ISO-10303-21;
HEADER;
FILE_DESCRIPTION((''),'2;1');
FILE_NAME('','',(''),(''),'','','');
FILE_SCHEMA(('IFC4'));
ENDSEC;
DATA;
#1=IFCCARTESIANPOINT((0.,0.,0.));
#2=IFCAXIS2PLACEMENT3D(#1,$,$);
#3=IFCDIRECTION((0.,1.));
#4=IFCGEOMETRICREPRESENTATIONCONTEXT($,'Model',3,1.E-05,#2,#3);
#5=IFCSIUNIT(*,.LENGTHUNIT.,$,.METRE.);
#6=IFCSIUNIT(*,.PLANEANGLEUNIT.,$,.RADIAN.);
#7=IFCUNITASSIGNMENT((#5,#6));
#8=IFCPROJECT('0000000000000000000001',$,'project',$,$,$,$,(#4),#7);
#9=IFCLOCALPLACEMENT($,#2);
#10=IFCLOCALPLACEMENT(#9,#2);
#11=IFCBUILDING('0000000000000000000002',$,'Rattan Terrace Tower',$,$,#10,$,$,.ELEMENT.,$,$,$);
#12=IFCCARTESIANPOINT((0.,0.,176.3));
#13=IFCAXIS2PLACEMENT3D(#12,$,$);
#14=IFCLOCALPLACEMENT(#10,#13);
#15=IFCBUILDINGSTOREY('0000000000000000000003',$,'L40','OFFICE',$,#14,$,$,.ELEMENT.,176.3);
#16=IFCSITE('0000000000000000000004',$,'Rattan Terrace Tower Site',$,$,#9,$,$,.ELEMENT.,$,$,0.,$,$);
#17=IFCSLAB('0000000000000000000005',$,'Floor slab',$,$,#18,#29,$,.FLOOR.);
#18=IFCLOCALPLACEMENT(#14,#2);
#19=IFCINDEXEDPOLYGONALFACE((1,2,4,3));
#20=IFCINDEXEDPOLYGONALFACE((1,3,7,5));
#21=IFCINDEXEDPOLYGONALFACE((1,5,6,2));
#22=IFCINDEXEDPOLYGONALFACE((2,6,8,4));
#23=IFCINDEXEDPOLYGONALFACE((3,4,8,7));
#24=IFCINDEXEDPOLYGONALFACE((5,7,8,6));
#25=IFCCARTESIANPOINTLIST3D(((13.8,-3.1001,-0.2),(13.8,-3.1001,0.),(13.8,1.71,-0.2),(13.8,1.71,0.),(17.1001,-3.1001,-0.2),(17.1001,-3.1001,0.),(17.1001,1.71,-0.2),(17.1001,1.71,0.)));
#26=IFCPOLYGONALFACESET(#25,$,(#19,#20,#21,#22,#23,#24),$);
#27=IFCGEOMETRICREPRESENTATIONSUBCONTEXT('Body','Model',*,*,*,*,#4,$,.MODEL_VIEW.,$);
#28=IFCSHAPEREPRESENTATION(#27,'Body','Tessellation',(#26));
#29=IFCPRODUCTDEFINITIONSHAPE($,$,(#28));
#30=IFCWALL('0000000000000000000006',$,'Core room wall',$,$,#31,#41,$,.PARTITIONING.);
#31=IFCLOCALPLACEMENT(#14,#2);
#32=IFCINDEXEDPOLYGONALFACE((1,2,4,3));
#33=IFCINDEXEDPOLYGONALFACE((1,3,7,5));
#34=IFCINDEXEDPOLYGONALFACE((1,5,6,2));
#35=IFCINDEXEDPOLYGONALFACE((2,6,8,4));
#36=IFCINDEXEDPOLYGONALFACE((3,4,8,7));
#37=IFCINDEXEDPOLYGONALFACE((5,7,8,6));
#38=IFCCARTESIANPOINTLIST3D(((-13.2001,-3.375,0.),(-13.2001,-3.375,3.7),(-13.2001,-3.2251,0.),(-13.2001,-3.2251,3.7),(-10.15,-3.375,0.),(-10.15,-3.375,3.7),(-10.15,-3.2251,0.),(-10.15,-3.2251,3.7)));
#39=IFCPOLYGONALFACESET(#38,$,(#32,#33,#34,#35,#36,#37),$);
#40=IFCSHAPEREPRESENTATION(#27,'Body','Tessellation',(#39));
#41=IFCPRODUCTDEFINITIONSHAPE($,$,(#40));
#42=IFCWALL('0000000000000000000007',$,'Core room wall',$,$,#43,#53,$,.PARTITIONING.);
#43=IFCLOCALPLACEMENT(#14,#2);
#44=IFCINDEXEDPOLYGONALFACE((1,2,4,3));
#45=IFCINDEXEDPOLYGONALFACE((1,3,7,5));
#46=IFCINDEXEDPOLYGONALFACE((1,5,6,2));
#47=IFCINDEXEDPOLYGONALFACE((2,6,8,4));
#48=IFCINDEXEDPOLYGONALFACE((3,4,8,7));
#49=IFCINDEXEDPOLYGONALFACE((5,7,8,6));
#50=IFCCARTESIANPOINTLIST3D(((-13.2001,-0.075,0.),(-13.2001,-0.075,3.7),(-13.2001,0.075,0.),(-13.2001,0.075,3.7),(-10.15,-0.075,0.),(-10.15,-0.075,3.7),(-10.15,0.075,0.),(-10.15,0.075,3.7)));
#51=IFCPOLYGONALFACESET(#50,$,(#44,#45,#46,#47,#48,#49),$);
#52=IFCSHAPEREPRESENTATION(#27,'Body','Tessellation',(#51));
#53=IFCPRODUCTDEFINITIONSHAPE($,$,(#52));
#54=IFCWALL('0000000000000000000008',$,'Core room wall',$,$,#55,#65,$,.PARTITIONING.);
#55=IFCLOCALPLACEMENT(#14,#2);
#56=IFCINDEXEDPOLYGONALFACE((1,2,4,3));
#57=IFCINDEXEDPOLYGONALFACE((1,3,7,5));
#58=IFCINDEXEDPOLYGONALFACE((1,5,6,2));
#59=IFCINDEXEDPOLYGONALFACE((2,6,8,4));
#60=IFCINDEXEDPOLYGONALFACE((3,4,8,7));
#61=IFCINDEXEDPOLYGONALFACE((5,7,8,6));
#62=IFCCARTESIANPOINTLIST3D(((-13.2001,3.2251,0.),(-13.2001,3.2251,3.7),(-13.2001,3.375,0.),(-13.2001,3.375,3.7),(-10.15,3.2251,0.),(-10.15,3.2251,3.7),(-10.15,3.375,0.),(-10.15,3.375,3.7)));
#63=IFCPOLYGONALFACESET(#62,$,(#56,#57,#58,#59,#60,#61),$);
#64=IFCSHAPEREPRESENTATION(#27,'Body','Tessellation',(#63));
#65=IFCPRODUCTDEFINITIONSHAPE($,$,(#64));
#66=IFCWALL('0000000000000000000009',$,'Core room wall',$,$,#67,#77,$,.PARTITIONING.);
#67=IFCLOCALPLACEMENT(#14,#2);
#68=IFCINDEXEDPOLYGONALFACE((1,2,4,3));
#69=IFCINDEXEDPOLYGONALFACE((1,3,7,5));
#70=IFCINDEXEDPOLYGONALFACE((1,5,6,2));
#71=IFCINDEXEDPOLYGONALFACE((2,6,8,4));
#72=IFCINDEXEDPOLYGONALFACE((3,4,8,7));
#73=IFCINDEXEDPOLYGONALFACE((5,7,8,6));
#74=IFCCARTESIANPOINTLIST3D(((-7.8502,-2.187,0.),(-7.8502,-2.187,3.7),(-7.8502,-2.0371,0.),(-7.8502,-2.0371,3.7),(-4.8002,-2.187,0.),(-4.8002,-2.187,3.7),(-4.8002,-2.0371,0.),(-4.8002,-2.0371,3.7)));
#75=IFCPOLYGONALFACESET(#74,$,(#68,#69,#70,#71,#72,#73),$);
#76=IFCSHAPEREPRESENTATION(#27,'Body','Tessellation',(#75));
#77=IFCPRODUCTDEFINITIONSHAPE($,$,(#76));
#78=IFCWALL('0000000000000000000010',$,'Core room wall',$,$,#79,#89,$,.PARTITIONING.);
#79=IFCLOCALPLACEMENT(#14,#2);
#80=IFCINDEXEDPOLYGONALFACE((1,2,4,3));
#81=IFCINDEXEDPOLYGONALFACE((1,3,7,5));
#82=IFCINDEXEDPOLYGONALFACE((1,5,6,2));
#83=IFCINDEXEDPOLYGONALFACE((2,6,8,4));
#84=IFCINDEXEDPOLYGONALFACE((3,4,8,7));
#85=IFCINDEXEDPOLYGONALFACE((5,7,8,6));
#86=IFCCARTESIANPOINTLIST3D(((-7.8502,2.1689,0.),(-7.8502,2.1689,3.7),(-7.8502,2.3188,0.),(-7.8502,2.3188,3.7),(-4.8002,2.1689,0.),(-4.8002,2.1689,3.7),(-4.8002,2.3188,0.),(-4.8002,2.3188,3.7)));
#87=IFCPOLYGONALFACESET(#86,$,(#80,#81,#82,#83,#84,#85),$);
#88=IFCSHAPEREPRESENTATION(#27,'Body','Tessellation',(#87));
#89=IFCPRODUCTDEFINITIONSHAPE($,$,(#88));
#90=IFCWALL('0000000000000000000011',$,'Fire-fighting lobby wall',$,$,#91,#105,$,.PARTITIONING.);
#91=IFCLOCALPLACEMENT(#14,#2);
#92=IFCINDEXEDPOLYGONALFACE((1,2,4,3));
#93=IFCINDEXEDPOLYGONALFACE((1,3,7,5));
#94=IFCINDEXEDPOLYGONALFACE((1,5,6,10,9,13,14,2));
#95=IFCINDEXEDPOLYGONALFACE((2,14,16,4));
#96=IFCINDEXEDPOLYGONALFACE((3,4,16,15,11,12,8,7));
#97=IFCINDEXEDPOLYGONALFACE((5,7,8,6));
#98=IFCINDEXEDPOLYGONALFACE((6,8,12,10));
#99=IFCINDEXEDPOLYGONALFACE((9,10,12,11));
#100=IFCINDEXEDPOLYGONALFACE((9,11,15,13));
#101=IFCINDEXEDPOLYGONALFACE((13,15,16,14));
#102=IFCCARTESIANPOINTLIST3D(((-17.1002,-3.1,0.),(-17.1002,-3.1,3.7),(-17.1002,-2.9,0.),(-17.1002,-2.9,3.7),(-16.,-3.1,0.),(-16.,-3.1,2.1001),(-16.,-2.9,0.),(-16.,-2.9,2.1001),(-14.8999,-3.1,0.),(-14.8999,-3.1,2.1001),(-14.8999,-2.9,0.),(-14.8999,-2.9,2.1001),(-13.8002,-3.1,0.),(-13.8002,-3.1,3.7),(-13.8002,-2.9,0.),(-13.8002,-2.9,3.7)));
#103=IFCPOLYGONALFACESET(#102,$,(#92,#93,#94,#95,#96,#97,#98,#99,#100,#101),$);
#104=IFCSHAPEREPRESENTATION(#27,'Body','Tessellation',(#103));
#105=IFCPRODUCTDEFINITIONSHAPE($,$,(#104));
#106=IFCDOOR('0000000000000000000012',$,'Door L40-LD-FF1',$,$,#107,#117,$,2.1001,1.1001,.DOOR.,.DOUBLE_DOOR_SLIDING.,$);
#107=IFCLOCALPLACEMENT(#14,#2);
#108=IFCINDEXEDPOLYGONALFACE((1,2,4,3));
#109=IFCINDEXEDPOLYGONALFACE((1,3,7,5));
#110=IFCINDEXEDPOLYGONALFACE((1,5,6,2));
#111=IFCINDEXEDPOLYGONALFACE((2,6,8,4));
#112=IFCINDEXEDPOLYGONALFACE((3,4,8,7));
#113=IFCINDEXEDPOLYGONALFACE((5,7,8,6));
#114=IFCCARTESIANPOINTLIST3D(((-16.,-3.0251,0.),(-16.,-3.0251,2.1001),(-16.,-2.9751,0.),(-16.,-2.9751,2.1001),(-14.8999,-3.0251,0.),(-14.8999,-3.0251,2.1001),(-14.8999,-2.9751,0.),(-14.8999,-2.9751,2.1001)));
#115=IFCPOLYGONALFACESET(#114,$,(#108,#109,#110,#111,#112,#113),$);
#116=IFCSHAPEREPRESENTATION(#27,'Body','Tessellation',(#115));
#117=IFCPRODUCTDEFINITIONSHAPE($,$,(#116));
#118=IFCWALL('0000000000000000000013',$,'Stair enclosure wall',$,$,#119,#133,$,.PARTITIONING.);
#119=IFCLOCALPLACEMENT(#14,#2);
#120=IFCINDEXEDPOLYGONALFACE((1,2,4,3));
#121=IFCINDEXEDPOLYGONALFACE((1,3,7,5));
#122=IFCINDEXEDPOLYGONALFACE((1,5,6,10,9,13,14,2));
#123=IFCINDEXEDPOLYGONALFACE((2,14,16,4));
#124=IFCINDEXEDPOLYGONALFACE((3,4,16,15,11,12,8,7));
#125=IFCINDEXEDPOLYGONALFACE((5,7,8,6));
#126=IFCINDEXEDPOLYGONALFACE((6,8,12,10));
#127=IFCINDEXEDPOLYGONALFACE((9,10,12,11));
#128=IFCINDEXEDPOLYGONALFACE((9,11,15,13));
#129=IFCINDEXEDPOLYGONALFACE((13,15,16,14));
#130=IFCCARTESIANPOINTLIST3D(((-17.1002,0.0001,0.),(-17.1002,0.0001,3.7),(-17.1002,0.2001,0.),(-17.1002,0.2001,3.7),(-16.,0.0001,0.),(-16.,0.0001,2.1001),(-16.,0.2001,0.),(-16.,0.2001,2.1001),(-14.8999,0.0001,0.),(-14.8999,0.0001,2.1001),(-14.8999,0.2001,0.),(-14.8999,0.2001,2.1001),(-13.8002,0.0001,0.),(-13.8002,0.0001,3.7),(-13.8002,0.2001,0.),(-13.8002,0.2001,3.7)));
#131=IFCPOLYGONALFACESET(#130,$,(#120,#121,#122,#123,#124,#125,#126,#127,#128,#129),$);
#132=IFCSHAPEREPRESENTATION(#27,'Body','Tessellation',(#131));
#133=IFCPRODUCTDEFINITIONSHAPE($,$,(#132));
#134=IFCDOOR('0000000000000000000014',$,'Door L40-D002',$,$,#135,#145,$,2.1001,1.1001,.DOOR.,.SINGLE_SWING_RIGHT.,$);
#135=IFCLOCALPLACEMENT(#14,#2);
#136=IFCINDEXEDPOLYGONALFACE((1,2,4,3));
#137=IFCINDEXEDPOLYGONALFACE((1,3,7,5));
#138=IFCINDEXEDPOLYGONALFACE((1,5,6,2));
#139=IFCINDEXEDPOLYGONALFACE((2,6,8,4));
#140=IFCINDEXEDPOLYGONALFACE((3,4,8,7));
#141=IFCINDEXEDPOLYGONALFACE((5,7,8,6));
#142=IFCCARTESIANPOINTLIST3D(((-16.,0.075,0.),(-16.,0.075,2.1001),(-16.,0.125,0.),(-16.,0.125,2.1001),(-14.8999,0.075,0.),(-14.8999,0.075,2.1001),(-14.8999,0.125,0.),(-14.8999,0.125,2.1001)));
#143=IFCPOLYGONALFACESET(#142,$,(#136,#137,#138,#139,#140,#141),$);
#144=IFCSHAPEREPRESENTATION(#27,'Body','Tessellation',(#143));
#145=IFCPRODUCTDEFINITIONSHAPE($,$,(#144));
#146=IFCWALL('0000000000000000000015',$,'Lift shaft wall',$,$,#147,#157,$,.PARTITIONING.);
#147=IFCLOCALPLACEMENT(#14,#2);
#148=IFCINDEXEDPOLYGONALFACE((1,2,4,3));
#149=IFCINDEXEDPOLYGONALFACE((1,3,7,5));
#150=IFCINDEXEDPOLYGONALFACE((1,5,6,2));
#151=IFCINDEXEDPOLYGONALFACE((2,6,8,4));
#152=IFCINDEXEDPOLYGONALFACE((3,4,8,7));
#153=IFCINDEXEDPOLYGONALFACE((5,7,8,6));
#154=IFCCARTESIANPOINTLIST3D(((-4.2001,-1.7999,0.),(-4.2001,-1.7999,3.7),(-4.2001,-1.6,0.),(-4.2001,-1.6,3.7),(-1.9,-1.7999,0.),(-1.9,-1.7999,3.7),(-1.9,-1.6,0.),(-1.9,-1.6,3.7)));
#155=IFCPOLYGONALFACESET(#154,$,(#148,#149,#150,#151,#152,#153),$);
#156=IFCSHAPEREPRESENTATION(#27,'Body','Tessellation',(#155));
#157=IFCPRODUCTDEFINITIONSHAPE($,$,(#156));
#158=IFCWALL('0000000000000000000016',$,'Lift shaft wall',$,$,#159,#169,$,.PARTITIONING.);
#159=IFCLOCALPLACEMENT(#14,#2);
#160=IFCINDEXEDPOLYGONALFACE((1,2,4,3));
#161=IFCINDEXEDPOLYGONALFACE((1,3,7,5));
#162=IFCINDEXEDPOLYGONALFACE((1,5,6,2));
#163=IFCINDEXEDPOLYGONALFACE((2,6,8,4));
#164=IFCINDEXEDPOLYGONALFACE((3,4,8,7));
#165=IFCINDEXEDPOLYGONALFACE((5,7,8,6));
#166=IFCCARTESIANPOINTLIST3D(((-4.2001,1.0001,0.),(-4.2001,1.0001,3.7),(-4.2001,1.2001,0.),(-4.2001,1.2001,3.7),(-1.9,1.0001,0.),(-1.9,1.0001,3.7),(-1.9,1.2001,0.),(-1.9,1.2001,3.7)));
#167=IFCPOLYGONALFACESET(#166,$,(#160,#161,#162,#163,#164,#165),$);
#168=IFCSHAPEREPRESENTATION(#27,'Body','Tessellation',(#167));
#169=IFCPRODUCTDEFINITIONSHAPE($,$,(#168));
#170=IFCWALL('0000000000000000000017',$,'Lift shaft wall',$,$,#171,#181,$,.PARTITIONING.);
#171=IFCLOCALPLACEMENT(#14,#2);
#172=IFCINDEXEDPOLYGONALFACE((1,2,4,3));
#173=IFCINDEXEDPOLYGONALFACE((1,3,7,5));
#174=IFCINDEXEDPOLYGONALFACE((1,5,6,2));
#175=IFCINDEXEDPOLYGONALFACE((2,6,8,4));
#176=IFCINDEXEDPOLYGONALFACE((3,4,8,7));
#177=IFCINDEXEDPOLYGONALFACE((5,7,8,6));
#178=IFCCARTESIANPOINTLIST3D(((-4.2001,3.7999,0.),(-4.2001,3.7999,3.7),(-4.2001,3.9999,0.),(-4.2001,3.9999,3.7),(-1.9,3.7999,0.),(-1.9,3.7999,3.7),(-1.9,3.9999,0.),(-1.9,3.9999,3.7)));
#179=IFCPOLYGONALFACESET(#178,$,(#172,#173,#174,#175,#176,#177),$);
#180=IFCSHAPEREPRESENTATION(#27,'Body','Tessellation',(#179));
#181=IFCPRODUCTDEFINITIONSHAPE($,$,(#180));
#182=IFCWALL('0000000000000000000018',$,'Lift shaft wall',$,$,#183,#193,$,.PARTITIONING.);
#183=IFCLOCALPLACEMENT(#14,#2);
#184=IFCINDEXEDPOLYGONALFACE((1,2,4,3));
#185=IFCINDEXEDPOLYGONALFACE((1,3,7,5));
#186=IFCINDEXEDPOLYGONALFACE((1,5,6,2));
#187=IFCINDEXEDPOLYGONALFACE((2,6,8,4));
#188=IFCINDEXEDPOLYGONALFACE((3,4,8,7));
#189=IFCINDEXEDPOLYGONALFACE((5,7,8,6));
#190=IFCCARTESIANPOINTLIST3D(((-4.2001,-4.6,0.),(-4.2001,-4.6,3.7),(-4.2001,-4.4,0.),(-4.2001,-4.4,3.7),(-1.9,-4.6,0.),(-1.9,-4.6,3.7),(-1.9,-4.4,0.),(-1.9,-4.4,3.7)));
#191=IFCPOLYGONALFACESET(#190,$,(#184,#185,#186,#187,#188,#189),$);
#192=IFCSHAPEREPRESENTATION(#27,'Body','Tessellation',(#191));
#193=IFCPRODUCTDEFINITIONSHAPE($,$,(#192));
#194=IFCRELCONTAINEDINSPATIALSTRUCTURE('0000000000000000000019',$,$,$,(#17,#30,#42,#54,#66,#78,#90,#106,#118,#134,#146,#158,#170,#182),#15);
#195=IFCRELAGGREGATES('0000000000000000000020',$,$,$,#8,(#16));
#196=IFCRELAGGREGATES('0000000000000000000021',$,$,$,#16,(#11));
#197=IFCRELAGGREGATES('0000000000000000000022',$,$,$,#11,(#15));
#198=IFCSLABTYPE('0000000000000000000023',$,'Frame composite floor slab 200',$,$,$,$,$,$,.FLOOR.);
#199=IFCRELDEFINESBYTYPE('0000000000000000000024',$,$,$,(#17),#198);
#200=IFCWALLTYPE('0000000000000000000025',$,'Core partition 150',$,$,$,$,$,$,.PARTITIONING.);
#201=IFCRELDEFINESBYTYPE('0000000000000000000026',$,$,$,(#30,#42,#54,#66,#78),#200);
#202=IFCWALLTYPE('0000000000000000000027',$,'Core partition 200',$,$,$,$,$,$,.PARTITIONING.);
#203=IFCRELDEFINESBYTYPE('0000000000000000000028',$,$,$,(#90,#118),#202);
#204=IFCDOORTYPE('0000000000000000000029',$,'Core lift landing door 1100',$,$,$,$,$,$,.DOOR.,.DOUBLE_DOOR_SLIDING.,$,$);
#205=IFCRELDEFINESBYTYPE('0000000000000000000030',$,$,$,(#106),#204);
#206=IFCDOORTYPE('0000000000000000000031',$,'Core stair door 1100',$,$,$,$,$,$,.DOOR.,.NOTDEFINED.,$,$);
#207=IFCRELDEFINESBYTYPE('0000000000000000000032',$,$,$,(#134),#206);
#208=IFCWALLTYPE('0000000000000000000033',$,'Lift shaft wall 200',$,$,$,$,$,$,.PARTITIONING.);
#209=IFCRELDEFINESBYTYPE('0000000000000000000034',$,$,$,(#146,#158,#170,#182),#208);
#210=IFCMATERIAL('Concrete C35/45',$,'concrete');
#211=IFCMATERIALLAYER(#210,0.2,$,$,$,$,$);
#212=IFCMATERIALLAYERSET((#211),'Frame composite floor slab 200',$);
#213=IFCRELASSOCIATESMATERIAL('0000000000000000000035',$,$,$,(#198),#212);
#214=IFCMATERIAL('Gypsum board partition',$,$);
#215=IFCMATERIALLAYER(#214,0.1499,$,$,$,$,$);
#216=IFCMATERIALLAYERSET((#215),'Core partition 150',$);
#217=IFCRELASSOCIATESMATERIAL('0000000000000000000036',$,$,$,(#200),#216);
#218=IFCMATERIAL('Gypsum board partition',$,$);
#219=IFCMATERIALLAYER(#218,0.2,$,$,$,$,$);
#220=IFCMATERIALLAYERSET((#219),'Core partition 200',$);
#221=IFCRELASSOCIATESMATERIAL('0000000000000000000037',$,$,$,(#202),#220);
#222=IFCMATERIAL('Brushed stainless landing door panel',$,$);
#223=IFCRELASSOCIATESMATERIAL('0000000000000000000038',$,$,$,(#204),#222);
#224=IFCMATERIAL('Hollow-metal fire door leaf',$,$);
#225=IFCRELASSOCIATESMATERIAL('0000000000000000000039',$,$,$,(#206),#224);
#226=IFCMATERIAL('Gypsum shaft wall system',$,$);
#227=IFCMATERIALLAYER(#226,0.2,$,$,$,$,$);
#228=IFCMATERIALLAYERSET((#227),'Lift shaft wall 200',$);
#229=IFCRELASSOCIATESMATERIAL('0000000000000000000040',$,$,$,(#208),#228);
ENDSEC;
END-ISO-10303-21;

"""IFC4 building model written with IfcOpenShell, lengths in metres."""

from ifc_helpers import new_model, si_unit, direction, frame, frame_2d, origin, place, context, subcontext, project, spatial, polyline, rectangle, outline, extrude, material, layer, layer_set, type_object, element, fill, save


model = new_model("IFC4")

# Units and contexts
model_context = context("Model", 3, precision=1e-05, world=origin(), true_north=direction((0.0, 1.0)))
body_context = subcontext(model_context, "Body", "Model", "MODEL_VIEW")
ifc_project = project(units=[si_unit("LENGTHUNIT", "METRE"), si_unit("PLANEANGLEUNIT", "RADIAN")], contexts=[model_context])

# Site, building, storey
site_placement = place(None, origin())
site = spatial("IfcSite", under=ifc_project, at=site_placement, Name="Rattan Terrace Tower Site", CompositionType="ELEMENT", RefElevation=0.0)
building_placement = place(site_placement, origin())
building = spatial("IfcBuilding", under=site, at=building_placement, Name="Rattan Terrace Tower", CompositionType="ELEMENT")
storey_placement = place(building_placement, frame((0.0, 0.0, 176.3)))
storey = spatial("IfcBuildingStorey", under=building, at=storey_placement, Name="L40", Description="OFFICE", CompositionType="ELEMENT", Elevation=176.3)

# Slab
ifc_material_1 = material(Name="Concrete C35/45", Category="concrete")
ifc_layer_1 = layer(ifc_material_1, 0.2)
ifc_layer_set_1 = layer_set([ifc_layer_1], Name="Frame composite floor slab 200")
slab_type = type_object("IfcSlabType", Name="Frame composite floor slab 200", PredefinedType="FLOOR", material=ifc_layer_set_1)
slab_1_placement = place(storey_placement, frame((0.0, 0.0, -0.2)))
element("IfcSlab", 1, at=slab_1_placement, inside=storey, type_object=slab_type, Name="Floor slab", PredefinedType="FLOOR", context=body_context, shape_type="SweptSolid", body=[
    extrude(outline(polyline([(13.8, -3.1001), (17.1001, -3.1001), (17.1001, 1.71), (13.8, 1.71), (13.8, -3.1001)])), origin(), (0.0, 0.0, 1.0), 0.2),
])

# Walls
ifc_material_2 = material(Name="Gypsum board partition")
ifc_layer_2 = layer(ifc_material_2, 0.1499)
ifc_layer_set_2 = layer_set([ifc_layer_2], Name="Core partition 150")
wall_type_1 = type_object("IfcWallType", Name="Core partition 150", PredefinedType="PARTITIONING", material=ifc_layer_set_2)
for number, where, z_axis, x_axis, name in (
    (2, (-13.2, -3.3, 0.0), (0.0, 0.0, 1.0), (1.0, 0.0, 0.0), "Core room wall"),
    (3, (-13.2, 0.0, 0.0), (0.0, 0.0, 1.0), (1.0, 0.0, 0.0), "Core room wall"),
    (4, (-13.2, 3.3, 0.0), (0.0, 0.0, 1.0), (1.0, 0.0, 0.0), "Core room wall"),
    (5, (-7.8501, -2.1121, 0.0), (0.0, 0.0, 1.0), (1.0, 0.0, 0.0), "Core room wall"),
    (6, (-7.8501, 2.2439, 0.0), (0.0, 0.0, 1.0), (1.0, 0.0, 0.0), "Core room wall"),
):
    element("IfcWall", number, at=place(storey_placement, frame(where, z_axis=z_axis, x_axis=x_axis)), inside=storey, type_object=wall_type_1, Name=name, PredefinedType="PARTITIONING", context=body_context, shape_type="SweptSolid", body=[
        extrude(rectangle(XDim=3.05, YDim=0.1499, at=frame_2d((1.5249, 0.0))), origin(), (0.0, 0.0, 1.0), 3.7),
    ])

# Walls, openings, doors
ifc_material_3 = material(Name="Gypsum board partition")
ifc_layer_3 = layer(ifc_material_3, 0.2)
ifc_layer_set_3 = layer_set([ifc_layer_3], Name="Core partition 200")
wall_type_2 = type_object("IfcWallType", Name="Core partition 200", PredefinedType="PARTITIONING", material=ifc_layer_set_3)
wall_1_placement = place(storey_placement, frame((-17.1001, -3.0, 0.0), z_axis=(0.0, 0.0, 1.0), x_axis=(1.0, 0.0, 0.0)))
wall_1 = element("IfcWall", 7, at=wall_1_placement, inside=storey, type_object=wall_type_2, Name="Fire-fighting lobby wall", PredefinedType="PARTITIONING", context=body_context, shape_type="SweptSolid", body=[
    extrude(rectangle(XDim=3.3, YDim=0.2, at=frame_2d((1.6499, 0.0))), origin(), (0.0, 0.0, 1.0), 3.7),
])
opening_1_placement = place(wall_1_placement, frame((1.1001, 0.0, 0.0)))
opening_1 = element("IfcOpeningElement", 8, at=opening_1_placement, cuts=wall_1, PredefinedType="OPENING", context=body_context, shape_type="SweptSolid", body=[
    extrude(rectangle(XDim=1.1001, YDim=2.1001, at=frame_2d((0.55, 1.05))), frame((0.0, 0.1106, 0.0), z_axis=(0.0, -1.0, 0.0), x_axis=(1.0, 0.0, 0.0)), (0.0, 0.0, 1.0), 0.2209),
])
ifc_material_4 = material(Name="Brushed stainless landing door panel")
door_type_1 = type_object("IfcDoorType", Name="Core lift landing door 1100", OperationType="DOUBLE_DOOR_SLIDING", PredefinedType="DOOR", material=ifc_material_4)
door_1_placement = place(opening_1_placement, origin())
door_1 = element("IfcDoor", 9, at=door_1_placement, inside=storey, type_object=door_type_1, Name="Door L40-LD-FF1", OperationType="DOUBLE_DOOR_SLIDING", OverallHeight=2.1001, OverallWidth=1.1001, PredefinedType="DOOR", context=body_context, shape_type="SweptSolid", body=[
    extrude(rectangle(XDim=1.1001, YDim=2.1001, at=frame_2d((0.55, 1.05))), frame((0.0, 0.0249, 0.0), z_axis=(0.0, -1.0, 0.0), x_axis=(1.0, 0.0, 0.0)), (0.0, 0.0, 1.0), 0.05),
])
fill(opening_1, door_1)
wall_2_placement = place(storey_placement, frame((-17.1001, 0.1001, 0.0), z_axis=(0.0, 0.0, 1.0), x_axis=(1.0, 0.0, 0.0)))
wall_2 = element("IfcWall", 10, at=wall_2_placement, inside=storey, type_object=wall_type_2, Name="Stair enclosure wall", PredefinedType="PARTITIONING", context=body_context, shape_type="SweptSolid", body=[
    extrude(rectangle(XDim=3.3, YDim=0.2, at=frame_2d((1.6499, 0.0))), origin(), (0.0, 0.0, 1.0), 3.7),
])
opening_2_placement = place(wall_2_placement, frame((1.1001, 0.0, 0.0)))
opening_2 = element("IfcOpeningElement", 11, at=opening_2_placement, cuts=wall_2, PredefinedType="OPENING", context=body_context, shape_type="SweptSolid", body=[
    extrude(rectangle(XDim=1.1001, YDim=2.1001, at=frame_2d((0.55, 1.05))), frame((0.0, 0.1106, 0.0), z_axis=(0.0, -1.0, 0.0), x_axis=(1.0, 0.0, 0.0)), (0.0, 0.0, 1.0), 0.2209),
])
ifc_material_5 = material(Name="Hollow-metal fire door leaf")
door_type_2 = type_object("IfcDoorType", Name="Core stair door 1100", OperationType="NOTDEFINED", PredefinedType="DOOR", material=ifc_material_5)
door_2_placement = place(opening_2_placement, origin())
door_2 = element("IfcDoor", 12, at=door_2_placement, inside=storey, type_object=door_type_2, Name="Door L40-D002", OperationType="SINGLE_SWING_RIGHT", OverallHeight=2.1001, OverallWidth=1.1001, PredefinedType="DOOR", context=body_context, shape_type="SweptSolid", body=[
    extrude(rectangle(XDim=1.1001, YDim=2.1001, at=frame_2d((0.55, 1.05))), frame((0.0, 0.0249, 0.0), z_axis=(0.0, -1.0, 0.0), x_axis=(1.0, 0.0, 0.0)), (0.0, 0.0, 1.0), 0.05),
])
fill(opening_2, door_2)

# Walls
ifc_material_6 = material(Name="Gypsum shaft wall system")
ifc_layer_4 = layer(ifc_material_6, 0.2)
ifc_layer_set_4 = layer_set([ifc_layer_4], Name="Lift shaft wall 200")
wall_type_3 = type_object("IfcWallType", Name="Lift shaft wall 200", PredefinedType="PARTITIONING", material=ifc_layer_set_4)
for number, where, z_axis, x_axis, name in (
    (13, (-4.2, -1.7, 0.0), (0.0, 0.0, 1.0), (1.0, 0.0, 0.0), "Lift shaft wall"),
    (14, (-4.2, 1.1001, 0.0), (0.0, 0.0, 1.0), (1.0, 0.0, 0.0), "Lift shaft wall"),
    (15, (-4.2, 3.8999, 0.0), (0.0, 0.0, 1.0), (1.0, 0.0, 0.0), "Lift shaft wall"),
    (16, (-4.2, -4.5, 0.0), (0.0, 0.0, 1.0), (1.0, 0.0, 0.0), "Lift shaft wall"),
):
    element("IfcWall", number, at=place(storey_placement, frame(where, z_axis=z_axis, x_axis=x_axis)), inside=storey, type_object=wall_type_3, Name=name, PredefinedType="PARTITIONING", context=body_context, shape_type="SweptSolid", body=[
        extrude(rectangle(XDim=2.3, YDim=0.2, at=frame_2d((1.1499, 0.0))), origin(), (0.0, 0.0, 1.0), 3.7),
    ])

save(model, "model.ifc")
